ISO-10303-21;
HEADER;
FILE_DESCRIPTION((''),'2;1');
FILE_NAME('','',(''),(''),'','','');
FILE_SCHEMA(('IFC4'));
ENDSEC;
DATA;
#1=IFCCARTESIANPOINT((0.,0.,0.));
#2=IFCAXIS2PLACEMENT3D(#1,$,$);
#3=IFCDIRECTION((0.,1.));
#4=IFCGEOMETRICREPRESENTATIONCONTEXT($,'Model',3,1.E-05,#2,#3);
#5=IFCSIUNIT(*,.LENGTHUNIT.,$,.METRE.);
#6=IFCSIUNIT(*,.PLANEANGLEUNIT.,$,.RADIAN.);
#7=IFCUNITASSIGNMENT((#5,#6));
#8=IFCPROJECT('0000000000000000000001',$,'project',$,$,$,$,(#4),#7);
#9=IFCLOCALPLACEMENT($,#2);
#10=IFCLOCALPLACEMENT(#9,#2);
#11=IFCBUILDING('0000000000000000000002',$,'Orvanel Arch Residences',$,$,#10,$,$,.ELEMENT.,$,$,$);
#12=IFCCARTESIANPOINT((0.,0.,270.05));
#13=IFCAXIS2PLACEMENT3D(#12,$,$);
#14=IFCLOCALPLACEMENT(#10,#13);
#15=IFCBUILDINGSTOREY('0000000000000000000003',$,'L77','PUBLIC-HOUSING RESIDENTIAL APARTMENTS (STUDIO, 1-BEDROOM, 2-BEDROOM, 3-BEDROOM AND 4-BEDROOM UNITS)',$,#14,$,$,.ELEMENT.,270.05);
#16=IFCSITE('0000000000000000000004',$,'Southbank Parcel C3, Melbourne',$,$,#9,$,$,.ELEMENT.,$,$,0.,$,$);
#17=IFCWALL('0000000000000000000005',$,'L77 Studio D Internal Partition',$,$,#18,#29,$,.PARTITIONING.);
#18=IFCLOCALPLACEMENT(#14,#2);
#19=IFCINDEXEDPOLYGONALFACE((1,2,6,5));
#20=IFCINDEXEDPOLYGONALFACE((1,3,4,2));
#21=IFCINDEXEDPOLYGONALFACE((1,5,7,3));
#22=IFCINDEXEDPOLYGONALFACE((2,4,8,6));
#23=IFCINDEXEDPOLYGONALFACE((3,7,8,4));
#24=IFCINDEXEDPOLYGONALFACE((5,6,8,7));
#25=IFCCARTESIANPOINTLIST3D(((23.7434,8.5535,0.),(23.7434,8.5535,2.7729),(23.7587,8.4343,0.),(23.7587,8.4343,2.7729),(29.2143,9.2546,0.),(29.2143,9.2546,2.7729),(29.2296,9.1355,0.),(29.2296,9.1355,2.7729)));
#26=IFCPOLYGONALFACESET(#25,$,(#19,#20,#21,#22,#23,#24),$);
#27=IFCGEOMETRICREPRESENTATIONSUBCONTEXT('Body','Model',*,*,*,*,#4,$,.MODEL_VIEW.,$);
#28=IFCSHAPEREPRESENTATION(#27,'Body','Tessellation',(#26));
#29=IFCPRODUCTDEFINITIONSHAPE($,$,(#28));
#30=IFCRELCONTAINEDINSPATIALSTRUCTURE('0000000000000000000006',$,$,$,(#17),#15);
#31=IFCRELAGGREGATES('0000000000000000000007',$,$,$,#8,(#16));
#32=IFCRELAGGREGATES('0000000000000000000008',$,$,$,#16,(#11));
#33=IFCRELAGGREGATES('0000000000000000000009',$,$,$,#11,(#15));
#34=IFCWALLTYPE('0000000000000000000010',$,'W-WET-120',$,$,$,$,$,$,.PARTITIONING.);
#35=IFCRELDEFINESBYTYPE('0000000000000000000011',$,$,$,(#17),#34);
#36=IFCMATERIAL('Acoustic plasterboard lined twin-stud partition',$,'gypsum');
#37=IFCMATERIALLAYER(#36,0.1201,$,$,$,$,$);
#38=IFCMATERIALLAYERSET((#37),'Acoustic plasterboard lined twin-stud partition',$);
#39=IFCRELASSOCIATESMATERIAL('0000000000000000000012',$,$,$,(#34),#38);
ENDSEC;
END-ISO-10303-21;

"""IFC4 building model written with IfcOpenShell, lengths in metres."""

from ifc_helpers import new_model, si_unit, direction, frame, frame_2d, origin, place, context, subcontext, project, spatial, rectangle, extrude, material, layer, layer_set, type_object, element, save


model = new_model("IFC4")

# Units and contexts
model_context = context("Model", 3, precision=1e-05, world=origin(), true_north=direction((0.0, 1.0)))
body_context = subcontext(model_context, "Body", "Model", "MODEL_VIEW")
ifc_project = project(units=[si_unit("LENGTHUNIT", "METRE"), si_unit("PLANEANGLEUNIT", "RADIAN")], contexts=[model_context])

# Site, building, storey
site_placement = place(None, origin())
site = spatial("IfcSite", under=ifc_project, at=site_placement, Name="Southbank Parcel C3, Melbourne", CompositionType="ELEMENT", RefElevation=0.0)
building_placement = place(site_placement, origin())
building = spatial("IfcBuilding", under=site, at=building_placement, Name="Orvanel Arch Residences", CompositionType="ELEMENT")
storey_placement = place(building_placement, frame((0.0, 0.0, 270.05)))
storey = spatial("IfcBuildingStorey", under=building, at=storey_placement, Name="L77", Description="PUBLIC-HOUSING RESIDENTIAL APARTMENTS (STUDIO, 1-BEDROOM, 2-BEDROOM, 3-BEDROOM AND 4-BEDROOM UNITS)", CompositionType="ELEMENT", Elevation=270.05)

# Shared definitions
ifc_material_1 = material(Name="Acoustic plasterboard lined twin-stud partition", Category="gypsum")

# Shared definitions
ifc_layer_1 = layer(ifc_material_1, 0.1201)
ifc_layer_set_1 = layer_set([ifc_layer_1], Name="Acoustic plasterboard lined twin-stud partition")
wall_type_1 = type_object("IfcWallType", Name="W-WET-120", PredefinedType="PARTITIONING", material=ifc_layer_set_1)

# Wall
wall_1_placement = place(storey_placement, frame((29.2219, 9.1951, 0.0), z_axis=(0.0, 0.0, 1.0), x_axis=(-0.991887, -0.127123, 0.0)))
element("IfcWall", 1, at=wall_1_placement, inside=storey, type_object=wall_type_1, Name="L77 Studio D Internal Partition", PredefinedType="PARTITIONING", context=body_context, shape_type="SweptSolid", body=[
    extrude(rectangle(XDim=5.5156, YDim=0.1201, at=frame_2d((2.7578, 0.0))), origin(), (0.0, 0.0, 1.0), 2.7729),
])

save(model, "model.ifc")
